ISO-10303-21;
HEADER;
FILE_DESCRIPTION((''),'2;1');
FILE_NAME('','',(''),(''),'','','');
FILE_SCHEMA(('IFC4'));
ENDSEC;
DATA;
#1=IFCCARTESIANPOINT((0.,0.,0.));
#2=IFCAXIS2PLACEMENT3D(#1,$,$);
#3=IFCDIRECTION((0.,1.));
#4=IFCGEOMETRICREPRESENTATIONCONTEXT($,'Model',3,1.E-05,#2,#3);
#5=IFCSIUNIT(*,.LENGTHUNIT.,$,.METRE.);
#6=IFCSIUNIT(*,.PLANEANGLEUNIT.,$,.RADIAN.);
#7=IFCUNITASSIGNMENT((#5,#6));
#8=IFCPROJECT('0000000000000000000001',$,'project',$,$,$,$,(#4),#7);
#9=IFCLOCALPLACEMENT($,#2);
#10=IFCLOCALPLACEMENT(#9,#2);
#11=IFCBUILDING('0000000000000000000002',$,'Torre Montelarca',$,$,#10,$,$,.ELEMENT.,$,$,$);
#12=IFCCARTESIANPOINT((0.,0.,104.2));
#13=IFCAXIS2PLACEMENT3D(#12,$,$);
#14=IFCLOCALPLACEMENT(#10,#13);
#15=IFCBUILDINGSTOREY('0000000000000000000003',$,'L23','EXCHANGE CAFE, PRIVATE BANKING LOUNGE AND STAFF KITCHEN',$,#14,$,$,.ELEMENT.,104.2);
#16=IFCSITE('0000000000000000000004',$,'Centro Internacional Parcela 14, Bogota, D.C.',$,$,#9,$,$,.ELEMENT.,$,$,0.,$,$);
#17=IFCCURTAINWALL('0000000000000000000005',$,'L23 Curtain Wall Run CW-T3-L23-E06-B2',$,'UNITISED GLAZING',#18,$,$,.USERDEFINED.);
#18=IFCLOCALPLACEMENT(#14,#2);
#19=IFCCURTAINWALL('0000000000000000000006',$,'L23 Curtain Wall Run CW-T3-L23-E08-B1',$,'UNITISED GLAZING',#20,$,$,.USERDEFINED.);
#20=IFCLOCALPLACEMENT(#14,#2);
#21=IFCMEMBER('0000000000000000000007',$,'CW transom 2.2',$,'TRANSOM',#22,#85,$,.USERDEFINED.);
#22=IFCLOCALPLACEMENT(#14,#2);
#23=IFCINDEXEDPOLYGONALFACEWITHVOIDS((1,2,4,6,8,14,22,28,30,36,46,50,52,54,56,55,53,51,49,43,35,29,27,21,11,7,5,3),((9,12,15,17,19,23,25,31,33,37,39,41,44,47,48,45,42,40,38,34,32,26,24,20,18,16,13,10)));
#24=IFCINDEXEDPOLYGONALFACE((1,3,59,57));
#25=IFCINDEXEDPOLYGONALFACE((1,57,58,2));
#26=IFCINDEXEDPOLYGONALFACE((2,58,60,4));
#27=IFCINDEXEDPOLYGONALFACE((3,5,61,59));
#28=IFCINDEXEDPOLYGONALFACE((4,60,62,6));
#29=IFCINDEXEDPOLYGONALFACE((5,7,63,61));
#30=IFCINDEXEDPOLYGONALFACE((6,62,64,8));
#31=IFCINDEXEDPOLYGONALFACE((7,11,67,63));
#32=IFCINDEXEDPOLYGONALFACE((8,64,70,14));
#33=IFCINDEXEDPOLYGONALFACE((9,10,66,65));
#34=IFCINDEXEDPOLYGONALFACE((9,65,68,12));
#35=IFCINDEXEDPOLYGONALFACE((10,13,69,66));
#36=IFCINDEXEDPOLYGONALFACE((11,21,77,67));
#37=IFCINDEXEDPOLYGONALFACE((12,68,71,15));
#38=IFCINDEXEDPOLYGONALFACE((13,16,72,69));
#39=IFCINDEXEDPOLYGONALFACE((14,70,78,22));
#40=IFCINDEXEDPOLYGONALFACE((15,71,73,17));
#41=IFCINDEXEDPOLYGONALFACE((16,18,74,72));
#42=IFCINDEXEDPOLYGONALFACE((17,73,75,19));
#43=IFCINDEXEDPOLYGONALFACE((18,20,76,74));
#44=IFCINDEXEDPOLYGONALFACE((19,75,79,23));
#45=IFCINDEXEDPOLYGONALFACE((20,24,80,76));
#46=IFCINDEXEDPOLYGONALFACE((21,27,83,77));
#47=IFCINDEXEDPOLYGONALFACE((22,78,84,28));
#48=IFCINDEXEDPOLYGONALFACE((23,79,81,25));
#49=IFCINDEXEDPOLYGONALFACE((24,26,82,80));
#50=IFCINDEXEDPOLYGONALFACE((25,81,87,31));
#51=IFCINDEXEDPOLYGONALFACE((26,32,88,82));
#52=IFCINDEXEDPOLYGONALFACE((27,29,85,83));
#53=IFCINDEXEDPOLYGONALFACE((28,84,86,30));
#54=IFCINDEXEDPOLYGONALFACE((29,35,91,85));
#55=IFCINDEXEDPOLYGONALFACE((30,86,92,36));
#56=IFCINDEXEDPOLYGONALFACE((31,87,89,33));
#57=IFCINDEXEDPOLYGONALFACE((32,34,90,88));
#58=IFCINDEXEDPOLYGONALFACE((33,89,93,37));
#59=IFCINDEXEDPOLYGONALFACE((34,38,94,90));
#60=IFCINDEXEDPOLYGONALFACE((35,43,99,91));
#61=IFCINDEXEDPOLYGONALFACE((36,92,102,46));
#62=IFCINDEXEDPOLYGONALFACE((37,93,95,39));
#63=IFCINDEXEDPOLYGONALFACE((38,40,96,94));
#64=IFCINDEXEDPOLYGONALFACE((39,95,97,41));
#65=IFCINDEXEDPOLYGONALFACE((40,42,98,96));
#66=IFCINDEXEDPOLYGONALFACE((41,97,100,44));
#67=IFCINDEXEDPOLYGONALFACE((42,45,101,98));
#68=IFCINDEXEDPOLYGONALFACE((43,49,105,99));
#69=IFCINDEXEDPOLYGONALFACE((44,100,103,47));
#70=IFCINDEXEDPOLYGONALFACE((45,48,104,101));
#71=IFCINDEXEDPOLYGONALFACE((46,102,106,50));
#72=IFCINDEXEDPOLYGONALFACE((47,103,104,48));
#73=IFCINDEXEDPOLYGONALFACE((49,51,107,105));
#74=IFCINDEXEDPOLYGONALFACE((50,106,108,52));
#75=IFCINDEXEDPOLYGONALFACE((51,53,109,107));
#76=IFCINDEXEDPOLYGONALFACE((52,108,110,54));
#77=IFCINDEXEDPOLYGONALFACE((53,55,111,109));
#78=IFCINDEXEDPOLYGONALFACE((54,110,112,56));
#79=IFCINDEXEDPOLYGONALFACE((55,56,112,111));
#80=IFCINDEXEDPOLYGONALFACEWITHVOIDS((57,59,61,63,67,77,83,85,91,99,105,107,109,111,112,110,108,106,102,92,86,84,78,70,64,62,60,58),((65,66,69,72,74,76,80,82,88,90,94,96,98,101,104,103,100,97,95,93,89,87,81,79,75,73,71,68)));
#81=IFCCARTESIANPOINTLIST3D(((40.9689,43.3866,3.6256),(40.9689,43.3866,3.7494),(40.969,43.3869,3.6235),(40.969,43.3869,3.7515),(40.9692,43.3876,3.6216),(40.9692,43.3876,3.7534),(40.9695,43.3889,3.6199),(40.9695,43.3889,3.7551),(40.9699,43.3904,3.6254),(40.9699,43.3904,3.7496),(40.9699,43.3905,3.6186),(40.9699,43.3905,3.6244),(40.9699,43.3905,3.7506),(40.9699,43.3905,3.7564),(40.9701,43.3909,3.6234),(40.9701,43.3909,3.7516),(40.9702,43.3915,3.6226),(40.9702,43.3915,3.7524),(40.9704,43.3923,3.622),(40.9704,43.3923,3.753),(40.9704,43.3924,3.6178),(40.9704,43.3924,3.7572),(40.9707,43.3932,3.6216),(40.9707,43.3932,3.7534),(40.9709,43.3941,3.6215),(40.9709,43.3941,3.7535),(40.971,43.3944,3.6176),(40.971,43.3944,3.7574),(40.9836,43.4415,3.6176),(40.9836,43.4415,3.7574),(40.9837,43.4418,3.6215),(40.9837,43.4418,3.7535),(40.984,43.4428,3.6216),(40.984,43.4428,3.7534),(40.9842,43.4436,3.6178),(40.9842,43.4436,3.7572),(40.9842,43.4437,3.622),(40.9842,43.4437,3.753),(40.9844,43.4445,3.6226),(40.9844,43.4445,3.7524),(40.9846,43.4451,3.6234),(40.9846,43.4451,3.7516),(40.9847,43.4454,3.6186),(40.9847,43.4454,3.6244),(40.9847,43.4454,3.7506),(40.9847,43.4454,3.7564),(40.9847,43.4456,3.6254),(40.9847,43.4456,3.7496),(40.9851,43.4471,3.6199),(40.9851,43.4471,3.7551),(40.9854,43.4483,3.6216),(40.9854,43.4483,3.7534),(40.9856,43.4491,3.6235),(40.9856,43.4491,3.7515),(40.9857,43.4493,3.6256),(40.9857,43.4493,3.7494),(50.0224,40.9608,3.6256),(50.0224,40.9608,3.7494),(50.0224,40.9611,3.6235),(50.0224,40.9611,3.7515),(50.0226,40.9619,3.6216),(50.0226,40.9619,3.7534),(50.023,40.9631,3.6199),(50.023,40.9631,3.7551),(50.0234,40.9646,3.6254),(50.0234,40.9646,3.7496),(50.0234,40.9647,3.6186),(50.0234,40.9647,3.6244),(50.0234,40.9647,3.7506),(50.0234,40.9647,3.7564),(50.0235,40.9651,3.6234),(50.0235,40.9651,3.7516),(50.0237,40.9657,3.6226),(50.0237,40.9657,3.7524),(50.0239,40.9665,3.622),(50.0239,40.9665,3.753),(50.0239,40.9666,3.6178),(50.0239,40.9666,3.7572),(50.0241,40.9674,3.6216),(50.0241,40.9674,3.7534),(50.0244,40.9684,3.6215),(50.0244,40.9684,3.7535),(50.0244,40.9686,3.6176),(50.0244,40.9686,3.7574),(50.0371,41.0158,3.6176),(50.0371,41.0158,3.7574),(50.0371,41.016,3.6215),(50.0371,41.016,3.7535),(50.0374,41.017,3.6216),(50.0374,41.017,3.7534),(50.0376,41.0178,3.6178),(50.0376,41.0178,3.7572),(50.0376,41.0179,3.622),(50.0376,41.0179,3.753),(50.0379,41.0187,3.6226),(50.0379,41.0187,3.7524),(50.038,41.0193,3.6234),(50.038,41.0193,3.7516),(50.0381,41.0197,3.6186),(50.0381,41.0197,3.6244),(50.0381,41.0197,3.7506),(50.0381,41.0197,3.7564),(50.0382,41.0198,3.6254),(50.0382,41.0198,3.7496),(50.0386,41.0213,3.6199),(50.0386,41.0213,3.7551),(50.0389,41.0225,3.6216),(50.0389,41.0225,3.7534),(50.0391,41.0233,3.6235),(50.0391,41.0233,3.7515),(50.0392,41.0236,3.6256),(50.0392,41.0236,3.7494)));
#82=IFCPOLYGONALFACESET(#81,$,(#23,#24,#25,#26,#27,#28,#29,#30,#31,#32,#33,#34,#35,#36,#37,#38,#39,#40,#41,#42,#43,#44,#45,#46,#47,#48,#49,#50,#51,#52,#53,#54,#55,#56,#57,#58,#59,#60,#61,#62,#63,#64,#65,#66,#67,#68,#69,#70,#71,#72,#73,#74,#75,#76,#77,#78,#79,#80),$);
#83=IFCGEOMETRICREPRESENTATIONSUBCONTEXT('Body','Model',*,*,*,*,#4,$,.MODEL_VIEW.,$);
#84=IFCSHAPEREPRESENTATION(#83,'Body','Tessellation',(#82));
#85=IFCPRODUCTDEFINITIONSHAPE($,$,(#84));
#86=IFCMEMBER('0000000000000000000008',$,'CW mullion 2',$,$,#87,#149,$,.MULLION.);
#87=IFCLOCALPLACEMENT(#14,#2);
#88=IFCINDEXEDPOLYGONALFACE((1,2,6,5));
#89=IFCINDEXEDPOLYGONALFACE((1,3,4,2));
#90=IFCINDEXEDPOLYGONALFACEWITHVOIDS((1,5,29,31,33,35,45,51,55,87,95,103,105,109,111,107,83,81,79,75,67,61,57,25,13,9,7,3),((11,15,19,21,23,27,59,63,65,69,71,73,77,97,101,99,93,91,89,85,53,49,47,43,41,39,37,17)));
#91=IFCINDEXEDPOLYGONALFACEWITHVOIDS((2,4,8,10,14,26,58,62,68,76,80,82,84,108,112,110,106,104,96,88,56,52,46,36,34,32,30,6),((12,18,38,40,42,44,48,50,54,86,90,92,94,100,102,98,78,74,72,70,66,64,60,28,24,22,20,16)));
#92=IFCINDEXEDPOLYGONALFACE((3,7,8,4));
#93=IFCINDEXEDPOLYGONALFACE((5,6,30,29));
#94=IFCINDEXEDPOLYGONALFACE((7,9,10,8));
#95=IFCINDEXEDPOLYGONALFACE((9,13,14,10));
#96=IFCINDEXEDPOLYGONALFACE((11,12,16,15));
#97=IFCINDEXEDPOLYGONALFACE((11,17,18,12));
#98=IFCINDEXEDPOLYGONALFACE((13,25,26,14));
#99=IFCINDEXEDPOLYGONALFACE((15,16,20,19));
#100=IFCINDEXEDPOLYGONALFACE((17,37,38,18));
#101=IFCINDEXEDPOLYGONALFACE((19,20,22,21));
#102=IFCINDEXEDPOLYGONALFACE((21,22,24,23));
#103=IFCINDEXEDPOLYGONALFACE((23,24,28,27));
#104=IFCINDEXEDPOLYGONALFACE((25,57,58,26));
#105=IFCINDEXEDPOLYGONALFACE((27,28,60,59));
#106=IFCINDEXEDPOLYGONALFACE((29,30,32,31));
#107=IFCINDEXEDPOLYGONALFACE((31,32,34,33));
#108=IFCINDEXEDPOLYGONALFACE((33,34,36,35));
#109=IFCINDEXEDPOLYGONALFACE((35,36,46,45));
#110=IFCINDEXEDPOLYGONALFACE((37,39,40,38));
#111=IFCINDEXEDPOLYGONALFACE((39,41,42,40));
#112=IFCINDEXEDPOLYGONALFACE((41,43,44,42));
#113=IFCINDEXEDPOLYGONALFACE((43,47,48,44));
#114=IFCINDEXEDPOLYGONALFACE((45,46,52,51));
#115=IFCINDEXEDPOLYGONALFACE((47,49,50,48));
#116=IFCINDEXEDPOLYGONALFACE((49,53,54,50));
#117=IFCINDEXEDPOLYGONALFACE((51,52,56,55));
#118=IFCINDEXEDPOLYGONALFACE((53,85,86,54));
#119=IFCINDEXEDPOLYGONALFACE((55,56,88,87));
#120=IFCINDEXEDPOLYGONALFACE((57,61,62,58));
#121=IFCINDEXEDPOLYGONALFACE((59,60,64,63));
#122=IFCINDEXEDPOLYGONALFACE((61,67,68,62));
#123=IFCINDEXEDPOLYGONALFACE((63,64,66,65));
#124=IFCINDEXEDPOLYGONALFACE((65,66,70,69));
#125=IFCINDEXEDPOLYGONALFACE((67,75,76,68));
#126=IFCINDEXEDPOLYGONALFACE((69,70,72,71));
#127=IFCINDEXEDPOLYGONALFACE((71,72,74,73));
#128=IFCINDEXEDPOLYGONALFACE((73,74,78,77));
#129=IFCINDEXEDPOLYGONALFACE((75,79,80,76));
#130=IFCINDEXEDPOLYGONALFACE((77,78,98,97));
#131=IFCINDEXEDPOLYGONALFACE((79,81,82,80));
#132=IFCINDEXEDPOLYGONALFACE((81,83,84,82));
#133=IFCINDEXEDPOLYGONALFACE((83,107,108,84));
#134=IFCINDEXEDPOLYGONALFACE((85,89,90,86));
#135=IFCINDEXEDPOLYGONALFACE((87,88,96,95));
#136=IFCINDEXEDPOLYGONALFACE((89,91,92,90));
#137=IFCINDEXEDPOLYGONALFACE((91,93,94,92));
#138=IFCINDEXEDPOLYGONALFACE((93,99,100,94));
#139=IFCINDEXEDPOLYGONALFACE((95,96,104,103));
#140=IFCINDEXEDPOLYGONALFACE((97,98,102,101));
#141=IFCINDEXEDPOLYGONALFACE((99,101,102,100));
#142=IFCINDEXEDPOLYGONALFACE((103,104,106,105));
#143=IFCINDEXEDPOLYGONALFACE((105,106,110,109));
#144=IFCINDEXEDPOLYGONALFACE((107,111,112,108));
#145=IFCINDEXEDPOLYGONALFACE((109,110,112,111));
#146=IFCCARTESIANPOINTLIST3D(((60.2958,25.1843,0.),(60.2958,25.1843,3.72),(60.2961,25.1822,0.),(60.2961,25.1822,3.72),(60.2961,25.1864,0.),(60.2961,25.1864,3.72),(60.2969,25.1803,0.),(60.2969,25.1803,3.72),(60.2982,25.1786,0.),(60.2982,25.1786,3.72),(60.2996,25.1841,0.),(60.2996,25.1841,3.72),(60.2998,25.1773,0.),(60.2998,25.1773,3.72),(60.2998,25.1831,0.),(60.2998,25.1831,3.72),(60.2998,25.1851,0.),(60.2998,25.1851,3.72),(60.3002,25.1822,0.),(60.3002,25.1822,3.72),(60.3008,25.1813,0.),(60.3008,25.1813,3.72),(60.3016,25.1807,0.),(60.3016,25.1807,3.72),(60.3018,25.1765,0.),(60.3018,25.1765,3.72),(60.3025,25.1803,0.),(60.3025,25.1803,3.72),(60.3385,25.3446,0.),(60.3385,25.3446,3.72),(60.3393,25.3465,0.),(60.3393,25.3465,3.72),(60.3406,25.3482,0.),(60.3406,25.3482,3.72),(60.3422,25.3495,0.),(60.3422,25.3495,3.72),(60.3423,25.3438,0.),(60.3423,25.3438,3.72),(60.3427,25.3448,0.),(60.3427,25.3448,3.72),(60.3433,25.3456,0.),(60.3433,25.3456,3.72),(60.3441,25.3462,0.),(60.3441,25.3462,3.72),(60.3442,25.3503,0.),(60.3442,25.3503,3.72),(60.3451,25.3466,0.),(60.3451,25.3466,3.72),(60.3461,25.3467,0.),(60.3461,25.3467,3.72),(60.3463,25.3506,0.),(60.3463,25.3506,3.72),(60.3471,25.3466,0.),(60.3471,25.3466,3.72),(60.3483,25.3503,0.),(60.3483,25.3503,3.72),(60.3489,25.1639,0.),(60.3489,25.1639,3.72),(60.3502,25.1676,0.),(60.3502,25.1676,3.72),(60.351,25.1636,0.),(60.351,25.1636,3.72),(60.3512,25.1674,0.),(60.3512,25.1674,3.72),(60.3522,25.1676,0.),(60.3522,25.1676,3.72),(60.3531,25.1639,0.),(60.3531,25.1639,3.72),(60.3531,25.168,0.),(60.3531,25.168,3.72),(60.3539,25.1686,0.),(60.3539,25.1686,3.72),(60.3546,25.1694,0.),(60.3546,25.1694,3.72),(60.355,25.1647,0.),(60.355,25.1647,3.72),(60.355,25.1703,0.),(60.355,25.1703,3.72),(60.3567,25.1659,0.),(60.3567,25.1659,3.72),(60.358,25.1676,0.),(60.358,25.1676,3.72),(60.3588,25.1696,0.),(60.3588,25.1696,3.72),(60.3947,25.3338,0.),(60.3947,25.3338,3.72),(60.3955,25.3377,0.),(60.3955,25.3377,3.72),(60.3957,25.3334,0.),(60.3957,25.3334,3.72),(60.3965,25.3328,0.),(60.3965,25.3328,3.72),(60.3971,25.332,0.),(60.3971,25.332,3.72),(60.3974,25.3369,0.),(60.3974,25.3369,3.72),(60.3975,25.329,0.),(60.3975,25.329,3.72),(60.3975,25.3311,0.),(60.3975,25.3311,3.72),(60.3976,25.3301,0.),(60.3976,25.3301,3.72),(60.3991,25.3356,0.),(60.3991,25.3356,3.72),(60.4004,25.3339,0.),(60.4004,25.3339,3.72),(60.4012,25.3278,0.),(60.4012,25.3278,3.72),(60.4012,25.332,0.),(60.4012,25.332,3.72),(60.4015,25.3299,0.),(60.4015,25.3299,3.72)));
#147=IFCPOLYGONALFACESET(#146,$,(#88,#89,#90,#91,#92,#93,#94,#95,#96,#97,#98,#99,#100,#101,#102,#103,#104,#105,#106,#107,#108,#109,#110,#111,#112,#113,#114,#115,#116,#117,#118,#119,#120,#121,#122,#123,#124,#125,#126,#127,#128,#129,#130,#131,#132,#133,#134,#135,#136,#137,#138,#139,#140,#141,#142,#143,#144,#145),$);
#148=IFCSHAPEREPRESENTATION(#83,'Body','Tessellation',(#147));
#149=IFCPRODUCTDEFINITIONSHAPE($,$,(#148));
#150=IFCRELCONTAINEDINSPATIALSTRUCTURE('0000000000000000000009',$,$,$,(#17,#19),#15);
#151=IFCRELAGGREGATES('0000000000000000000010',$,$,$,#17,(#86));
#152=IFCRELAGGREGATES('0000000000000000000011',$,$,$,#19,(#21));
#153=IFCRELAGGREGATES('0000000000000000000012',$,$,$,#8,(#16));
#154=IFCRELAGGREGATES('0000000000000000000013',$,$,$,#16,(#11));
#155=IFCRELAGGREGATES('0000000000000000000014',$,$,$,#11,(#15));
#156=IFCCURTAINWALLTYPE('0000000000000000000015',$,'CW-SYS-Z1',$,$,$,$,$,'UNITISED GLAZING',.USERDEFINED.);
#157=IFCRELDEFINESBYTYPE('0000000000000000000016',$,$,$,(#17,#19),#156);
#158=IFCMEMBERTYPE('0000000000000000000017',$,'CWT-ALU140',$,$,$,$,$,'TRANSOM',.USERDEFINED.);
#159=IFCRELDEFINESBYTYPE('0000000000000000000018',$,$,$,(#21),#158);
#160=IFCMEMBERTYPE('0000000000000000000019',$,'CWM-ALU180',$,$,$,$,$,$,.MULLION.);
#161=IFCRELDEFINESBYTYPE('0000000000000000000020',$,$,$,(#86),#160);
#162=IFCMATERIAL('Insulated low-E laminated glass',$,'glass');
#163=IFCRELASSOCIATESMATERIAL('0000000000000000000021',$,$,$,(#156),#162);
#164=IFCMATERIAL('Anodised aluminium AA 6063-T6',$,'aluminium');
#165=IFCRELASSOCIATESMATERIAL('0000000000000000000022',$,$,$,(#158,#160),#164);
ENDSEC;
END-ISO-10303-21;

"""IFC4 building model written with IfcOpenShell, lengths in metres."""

from ifc_helpers import new_model, si_unit, direction, frame, origin, origin_2d, place, context, subcontext, project, spatial, hollow_rectangle, extrude, source, transform, mapped, material, material_profile, profile_set, type_object, element, aggregate, save


model = new_model("IFC4")

# Units and contexts
model_context = context("Model", 3, precision=1e-05, world=origin(), true_north=direction((0.0, 1.0)))
body_context = subcontext(model_context, "Body", "Model", "MODEL_VIEW")
ifc_project = project(units=[si_unit("LENGTHUNIT", "METRE"), si_unit("PLANEANGLEUNIT", "RADIAN")], contexts=[model_context])

# Site, building, storey
site_placement = place(None, origin())
site = spatial("IfcSite", under=ifc_project, at=site_placement, Name="Centro Internacional Parcela 14, Bogota, D.C.", CompositionType="ELEMENT", RefElevation=0.0)
building_placement = place(site_placement, origin())
building = spatial("IfcBuilding", under=site, at=building_placement, Name="Torre Montelarca", CompositionType="ELEMENT")
storey_placement = place(building_placement, frame((0.0, 0.0, 104.2)))
storey = spatial("IfcBuildingStorey", under=building, at=storey_placement, Name="L23", Description="EXCHANGE CAFE, PRIVATE BANKING LOUNGE AND STAFF KITCHEN", CompositionType="ELEMENT", Elevation=104.2)

# Curtain walls, member
ifc_material_1 = material(Name="Insulated low-E laminated glass", Category="glass")
curtain_wall_type = type_object("IfcCurtainWallType", Name="CW-SYS-Z1", ElementType="UNITISED GLAZING", PredefinedType="USERDEFINED", material=ifc_material_1)
ifc_material_2 = material(Name="Anodised aluminium AA 6063-T6", Category="aluminium")
ifc_material_profile_1 = material_profile(ifc_material_2, hollow_rectangle(XDim=0.0649, YDim=0.1399, WallThickness=0.0039, InnerFilletRadius=0.0039, OuterFilletRadius=0.0081, at=origin_2d()), Name="ALU65X140X4", Category="aluminium")
ifc_profile_set_1 = profile_set([ifc_material_profile_1], Name="Anodised aluminium AA 6063-T6")
member_type_1 = type_object("IfcMemberType", Name="CWT-ALU140", ElementType="TRANSOM", PredefinedType="USERDEFINED", material=ifc_profile_set_1)
curtain_wall_1_placement = place(storey_placement, origin())
curtain_wall_1 = element("IfcCurtainWall", 1, at=curtain_wall_1_placement, inside=storey, type_object=curtain_wall_type, Name="L23 Curtain Wall Run CW-T3-L23-E06-B2", ObjectType="UNITISED GLAZING", PredefinedType="USERDEFINED")
curtain_wall_2_placement = place(storey_placement, origin())
curtain_wall_2 = element("IfcCurtainWall", 2, at=curtain_wall_2_placement, inside=storey, type_object=curtain_wall_type, Name="L23 Curtain Wall Run CW-T3-L23-E08-B1", ObjectType="UNITISED GLAZING", PredefinedType="USERDEFINED")
shared_shape_1 = source(origin(), body_context, "Body", "SweptSolid", [
    extrude(hollow_rectangle(XDim=0.0649, YDim=0.1399, WallThickness=0.0039, InnerFilletRadius=0.0039, OuterFilletRadius=0.0081, at=origin_2d()), origin(), (0.0, 0.0, 1.0), 9.3728),
])
member_1_placement = place(storey_placement, frame((50.0308, 40.9922, 3.6875), z_axis=(-0.965928, 0.25881, 0.0), x_axis=(-0.25881, -0.965928, 0.0)))
member_1 = element("IfcMember", 3, at=member_1_placement, type_object=member_type_1, Name="CW transom 2.2", ObjectType="TRANSOM", PredefinedType="USERDEFINED", context=body_context, shape_type="MappedRepresentation", body=[
    mapped(shared_shape_1, transform((0.0, 0.0, 0.0), scale=1.0)),
])

# Member
ifc_material_profile_2 = material_profile(ifc_material_2, hollow_rectangle(XDim=0.0649, YDim=0.1799, WallThickness=0.0039, InnerFilletRadius=0.0039, OuterFilletRadius=0.0081, at=origin_2d()), Name="ALU65X180X4", Category="aluminium")
ifc_profile_set_2 = profile_set([ifc_material_profile_2], Name="Anodised aluminium AA 6063-T6")
member_type_2 = type_object("IfcMemberType", Name="CWM-ALU180", PredefinedType="MULLION", material=ifc_profile_set_2)
shared_shape_2 = source(origin(), body_context, "Body", "SweptSolid", [
    extrude(hollow_rectangle(XDim=0.0649, YDim=0.1799, WallThickness=0.0039, InnerFilletRadius=0.0039, OuterFilletRadius=0.0081, at=origin_2d()), origin(), (0.0, 0.0, 1.0), 3.72),
])
member_2_placement = place(storey_placement, frame((60.3486, 25.2571, 0.0), z_axis=(0.0, 0.0, 1.0), x_axis=(-0.965923, 0.258829, 0.0)))
member_2 = element("IfcMember", 4, at=member_2_placement, type_object=member_type_2, Name="CW mullion 2", PredefinedType="MULLION", context=body_context, shape_type="MappedRepresentation", body=[
    mapped(shared_shape_2, transform((0.0, 0.0, 0.0), scale=1.0)),
])

aggregate(curtain_wall_1, [member_2])
aggregate(curtain_wall_2, [member_1])

save(model, "model.ifc")
